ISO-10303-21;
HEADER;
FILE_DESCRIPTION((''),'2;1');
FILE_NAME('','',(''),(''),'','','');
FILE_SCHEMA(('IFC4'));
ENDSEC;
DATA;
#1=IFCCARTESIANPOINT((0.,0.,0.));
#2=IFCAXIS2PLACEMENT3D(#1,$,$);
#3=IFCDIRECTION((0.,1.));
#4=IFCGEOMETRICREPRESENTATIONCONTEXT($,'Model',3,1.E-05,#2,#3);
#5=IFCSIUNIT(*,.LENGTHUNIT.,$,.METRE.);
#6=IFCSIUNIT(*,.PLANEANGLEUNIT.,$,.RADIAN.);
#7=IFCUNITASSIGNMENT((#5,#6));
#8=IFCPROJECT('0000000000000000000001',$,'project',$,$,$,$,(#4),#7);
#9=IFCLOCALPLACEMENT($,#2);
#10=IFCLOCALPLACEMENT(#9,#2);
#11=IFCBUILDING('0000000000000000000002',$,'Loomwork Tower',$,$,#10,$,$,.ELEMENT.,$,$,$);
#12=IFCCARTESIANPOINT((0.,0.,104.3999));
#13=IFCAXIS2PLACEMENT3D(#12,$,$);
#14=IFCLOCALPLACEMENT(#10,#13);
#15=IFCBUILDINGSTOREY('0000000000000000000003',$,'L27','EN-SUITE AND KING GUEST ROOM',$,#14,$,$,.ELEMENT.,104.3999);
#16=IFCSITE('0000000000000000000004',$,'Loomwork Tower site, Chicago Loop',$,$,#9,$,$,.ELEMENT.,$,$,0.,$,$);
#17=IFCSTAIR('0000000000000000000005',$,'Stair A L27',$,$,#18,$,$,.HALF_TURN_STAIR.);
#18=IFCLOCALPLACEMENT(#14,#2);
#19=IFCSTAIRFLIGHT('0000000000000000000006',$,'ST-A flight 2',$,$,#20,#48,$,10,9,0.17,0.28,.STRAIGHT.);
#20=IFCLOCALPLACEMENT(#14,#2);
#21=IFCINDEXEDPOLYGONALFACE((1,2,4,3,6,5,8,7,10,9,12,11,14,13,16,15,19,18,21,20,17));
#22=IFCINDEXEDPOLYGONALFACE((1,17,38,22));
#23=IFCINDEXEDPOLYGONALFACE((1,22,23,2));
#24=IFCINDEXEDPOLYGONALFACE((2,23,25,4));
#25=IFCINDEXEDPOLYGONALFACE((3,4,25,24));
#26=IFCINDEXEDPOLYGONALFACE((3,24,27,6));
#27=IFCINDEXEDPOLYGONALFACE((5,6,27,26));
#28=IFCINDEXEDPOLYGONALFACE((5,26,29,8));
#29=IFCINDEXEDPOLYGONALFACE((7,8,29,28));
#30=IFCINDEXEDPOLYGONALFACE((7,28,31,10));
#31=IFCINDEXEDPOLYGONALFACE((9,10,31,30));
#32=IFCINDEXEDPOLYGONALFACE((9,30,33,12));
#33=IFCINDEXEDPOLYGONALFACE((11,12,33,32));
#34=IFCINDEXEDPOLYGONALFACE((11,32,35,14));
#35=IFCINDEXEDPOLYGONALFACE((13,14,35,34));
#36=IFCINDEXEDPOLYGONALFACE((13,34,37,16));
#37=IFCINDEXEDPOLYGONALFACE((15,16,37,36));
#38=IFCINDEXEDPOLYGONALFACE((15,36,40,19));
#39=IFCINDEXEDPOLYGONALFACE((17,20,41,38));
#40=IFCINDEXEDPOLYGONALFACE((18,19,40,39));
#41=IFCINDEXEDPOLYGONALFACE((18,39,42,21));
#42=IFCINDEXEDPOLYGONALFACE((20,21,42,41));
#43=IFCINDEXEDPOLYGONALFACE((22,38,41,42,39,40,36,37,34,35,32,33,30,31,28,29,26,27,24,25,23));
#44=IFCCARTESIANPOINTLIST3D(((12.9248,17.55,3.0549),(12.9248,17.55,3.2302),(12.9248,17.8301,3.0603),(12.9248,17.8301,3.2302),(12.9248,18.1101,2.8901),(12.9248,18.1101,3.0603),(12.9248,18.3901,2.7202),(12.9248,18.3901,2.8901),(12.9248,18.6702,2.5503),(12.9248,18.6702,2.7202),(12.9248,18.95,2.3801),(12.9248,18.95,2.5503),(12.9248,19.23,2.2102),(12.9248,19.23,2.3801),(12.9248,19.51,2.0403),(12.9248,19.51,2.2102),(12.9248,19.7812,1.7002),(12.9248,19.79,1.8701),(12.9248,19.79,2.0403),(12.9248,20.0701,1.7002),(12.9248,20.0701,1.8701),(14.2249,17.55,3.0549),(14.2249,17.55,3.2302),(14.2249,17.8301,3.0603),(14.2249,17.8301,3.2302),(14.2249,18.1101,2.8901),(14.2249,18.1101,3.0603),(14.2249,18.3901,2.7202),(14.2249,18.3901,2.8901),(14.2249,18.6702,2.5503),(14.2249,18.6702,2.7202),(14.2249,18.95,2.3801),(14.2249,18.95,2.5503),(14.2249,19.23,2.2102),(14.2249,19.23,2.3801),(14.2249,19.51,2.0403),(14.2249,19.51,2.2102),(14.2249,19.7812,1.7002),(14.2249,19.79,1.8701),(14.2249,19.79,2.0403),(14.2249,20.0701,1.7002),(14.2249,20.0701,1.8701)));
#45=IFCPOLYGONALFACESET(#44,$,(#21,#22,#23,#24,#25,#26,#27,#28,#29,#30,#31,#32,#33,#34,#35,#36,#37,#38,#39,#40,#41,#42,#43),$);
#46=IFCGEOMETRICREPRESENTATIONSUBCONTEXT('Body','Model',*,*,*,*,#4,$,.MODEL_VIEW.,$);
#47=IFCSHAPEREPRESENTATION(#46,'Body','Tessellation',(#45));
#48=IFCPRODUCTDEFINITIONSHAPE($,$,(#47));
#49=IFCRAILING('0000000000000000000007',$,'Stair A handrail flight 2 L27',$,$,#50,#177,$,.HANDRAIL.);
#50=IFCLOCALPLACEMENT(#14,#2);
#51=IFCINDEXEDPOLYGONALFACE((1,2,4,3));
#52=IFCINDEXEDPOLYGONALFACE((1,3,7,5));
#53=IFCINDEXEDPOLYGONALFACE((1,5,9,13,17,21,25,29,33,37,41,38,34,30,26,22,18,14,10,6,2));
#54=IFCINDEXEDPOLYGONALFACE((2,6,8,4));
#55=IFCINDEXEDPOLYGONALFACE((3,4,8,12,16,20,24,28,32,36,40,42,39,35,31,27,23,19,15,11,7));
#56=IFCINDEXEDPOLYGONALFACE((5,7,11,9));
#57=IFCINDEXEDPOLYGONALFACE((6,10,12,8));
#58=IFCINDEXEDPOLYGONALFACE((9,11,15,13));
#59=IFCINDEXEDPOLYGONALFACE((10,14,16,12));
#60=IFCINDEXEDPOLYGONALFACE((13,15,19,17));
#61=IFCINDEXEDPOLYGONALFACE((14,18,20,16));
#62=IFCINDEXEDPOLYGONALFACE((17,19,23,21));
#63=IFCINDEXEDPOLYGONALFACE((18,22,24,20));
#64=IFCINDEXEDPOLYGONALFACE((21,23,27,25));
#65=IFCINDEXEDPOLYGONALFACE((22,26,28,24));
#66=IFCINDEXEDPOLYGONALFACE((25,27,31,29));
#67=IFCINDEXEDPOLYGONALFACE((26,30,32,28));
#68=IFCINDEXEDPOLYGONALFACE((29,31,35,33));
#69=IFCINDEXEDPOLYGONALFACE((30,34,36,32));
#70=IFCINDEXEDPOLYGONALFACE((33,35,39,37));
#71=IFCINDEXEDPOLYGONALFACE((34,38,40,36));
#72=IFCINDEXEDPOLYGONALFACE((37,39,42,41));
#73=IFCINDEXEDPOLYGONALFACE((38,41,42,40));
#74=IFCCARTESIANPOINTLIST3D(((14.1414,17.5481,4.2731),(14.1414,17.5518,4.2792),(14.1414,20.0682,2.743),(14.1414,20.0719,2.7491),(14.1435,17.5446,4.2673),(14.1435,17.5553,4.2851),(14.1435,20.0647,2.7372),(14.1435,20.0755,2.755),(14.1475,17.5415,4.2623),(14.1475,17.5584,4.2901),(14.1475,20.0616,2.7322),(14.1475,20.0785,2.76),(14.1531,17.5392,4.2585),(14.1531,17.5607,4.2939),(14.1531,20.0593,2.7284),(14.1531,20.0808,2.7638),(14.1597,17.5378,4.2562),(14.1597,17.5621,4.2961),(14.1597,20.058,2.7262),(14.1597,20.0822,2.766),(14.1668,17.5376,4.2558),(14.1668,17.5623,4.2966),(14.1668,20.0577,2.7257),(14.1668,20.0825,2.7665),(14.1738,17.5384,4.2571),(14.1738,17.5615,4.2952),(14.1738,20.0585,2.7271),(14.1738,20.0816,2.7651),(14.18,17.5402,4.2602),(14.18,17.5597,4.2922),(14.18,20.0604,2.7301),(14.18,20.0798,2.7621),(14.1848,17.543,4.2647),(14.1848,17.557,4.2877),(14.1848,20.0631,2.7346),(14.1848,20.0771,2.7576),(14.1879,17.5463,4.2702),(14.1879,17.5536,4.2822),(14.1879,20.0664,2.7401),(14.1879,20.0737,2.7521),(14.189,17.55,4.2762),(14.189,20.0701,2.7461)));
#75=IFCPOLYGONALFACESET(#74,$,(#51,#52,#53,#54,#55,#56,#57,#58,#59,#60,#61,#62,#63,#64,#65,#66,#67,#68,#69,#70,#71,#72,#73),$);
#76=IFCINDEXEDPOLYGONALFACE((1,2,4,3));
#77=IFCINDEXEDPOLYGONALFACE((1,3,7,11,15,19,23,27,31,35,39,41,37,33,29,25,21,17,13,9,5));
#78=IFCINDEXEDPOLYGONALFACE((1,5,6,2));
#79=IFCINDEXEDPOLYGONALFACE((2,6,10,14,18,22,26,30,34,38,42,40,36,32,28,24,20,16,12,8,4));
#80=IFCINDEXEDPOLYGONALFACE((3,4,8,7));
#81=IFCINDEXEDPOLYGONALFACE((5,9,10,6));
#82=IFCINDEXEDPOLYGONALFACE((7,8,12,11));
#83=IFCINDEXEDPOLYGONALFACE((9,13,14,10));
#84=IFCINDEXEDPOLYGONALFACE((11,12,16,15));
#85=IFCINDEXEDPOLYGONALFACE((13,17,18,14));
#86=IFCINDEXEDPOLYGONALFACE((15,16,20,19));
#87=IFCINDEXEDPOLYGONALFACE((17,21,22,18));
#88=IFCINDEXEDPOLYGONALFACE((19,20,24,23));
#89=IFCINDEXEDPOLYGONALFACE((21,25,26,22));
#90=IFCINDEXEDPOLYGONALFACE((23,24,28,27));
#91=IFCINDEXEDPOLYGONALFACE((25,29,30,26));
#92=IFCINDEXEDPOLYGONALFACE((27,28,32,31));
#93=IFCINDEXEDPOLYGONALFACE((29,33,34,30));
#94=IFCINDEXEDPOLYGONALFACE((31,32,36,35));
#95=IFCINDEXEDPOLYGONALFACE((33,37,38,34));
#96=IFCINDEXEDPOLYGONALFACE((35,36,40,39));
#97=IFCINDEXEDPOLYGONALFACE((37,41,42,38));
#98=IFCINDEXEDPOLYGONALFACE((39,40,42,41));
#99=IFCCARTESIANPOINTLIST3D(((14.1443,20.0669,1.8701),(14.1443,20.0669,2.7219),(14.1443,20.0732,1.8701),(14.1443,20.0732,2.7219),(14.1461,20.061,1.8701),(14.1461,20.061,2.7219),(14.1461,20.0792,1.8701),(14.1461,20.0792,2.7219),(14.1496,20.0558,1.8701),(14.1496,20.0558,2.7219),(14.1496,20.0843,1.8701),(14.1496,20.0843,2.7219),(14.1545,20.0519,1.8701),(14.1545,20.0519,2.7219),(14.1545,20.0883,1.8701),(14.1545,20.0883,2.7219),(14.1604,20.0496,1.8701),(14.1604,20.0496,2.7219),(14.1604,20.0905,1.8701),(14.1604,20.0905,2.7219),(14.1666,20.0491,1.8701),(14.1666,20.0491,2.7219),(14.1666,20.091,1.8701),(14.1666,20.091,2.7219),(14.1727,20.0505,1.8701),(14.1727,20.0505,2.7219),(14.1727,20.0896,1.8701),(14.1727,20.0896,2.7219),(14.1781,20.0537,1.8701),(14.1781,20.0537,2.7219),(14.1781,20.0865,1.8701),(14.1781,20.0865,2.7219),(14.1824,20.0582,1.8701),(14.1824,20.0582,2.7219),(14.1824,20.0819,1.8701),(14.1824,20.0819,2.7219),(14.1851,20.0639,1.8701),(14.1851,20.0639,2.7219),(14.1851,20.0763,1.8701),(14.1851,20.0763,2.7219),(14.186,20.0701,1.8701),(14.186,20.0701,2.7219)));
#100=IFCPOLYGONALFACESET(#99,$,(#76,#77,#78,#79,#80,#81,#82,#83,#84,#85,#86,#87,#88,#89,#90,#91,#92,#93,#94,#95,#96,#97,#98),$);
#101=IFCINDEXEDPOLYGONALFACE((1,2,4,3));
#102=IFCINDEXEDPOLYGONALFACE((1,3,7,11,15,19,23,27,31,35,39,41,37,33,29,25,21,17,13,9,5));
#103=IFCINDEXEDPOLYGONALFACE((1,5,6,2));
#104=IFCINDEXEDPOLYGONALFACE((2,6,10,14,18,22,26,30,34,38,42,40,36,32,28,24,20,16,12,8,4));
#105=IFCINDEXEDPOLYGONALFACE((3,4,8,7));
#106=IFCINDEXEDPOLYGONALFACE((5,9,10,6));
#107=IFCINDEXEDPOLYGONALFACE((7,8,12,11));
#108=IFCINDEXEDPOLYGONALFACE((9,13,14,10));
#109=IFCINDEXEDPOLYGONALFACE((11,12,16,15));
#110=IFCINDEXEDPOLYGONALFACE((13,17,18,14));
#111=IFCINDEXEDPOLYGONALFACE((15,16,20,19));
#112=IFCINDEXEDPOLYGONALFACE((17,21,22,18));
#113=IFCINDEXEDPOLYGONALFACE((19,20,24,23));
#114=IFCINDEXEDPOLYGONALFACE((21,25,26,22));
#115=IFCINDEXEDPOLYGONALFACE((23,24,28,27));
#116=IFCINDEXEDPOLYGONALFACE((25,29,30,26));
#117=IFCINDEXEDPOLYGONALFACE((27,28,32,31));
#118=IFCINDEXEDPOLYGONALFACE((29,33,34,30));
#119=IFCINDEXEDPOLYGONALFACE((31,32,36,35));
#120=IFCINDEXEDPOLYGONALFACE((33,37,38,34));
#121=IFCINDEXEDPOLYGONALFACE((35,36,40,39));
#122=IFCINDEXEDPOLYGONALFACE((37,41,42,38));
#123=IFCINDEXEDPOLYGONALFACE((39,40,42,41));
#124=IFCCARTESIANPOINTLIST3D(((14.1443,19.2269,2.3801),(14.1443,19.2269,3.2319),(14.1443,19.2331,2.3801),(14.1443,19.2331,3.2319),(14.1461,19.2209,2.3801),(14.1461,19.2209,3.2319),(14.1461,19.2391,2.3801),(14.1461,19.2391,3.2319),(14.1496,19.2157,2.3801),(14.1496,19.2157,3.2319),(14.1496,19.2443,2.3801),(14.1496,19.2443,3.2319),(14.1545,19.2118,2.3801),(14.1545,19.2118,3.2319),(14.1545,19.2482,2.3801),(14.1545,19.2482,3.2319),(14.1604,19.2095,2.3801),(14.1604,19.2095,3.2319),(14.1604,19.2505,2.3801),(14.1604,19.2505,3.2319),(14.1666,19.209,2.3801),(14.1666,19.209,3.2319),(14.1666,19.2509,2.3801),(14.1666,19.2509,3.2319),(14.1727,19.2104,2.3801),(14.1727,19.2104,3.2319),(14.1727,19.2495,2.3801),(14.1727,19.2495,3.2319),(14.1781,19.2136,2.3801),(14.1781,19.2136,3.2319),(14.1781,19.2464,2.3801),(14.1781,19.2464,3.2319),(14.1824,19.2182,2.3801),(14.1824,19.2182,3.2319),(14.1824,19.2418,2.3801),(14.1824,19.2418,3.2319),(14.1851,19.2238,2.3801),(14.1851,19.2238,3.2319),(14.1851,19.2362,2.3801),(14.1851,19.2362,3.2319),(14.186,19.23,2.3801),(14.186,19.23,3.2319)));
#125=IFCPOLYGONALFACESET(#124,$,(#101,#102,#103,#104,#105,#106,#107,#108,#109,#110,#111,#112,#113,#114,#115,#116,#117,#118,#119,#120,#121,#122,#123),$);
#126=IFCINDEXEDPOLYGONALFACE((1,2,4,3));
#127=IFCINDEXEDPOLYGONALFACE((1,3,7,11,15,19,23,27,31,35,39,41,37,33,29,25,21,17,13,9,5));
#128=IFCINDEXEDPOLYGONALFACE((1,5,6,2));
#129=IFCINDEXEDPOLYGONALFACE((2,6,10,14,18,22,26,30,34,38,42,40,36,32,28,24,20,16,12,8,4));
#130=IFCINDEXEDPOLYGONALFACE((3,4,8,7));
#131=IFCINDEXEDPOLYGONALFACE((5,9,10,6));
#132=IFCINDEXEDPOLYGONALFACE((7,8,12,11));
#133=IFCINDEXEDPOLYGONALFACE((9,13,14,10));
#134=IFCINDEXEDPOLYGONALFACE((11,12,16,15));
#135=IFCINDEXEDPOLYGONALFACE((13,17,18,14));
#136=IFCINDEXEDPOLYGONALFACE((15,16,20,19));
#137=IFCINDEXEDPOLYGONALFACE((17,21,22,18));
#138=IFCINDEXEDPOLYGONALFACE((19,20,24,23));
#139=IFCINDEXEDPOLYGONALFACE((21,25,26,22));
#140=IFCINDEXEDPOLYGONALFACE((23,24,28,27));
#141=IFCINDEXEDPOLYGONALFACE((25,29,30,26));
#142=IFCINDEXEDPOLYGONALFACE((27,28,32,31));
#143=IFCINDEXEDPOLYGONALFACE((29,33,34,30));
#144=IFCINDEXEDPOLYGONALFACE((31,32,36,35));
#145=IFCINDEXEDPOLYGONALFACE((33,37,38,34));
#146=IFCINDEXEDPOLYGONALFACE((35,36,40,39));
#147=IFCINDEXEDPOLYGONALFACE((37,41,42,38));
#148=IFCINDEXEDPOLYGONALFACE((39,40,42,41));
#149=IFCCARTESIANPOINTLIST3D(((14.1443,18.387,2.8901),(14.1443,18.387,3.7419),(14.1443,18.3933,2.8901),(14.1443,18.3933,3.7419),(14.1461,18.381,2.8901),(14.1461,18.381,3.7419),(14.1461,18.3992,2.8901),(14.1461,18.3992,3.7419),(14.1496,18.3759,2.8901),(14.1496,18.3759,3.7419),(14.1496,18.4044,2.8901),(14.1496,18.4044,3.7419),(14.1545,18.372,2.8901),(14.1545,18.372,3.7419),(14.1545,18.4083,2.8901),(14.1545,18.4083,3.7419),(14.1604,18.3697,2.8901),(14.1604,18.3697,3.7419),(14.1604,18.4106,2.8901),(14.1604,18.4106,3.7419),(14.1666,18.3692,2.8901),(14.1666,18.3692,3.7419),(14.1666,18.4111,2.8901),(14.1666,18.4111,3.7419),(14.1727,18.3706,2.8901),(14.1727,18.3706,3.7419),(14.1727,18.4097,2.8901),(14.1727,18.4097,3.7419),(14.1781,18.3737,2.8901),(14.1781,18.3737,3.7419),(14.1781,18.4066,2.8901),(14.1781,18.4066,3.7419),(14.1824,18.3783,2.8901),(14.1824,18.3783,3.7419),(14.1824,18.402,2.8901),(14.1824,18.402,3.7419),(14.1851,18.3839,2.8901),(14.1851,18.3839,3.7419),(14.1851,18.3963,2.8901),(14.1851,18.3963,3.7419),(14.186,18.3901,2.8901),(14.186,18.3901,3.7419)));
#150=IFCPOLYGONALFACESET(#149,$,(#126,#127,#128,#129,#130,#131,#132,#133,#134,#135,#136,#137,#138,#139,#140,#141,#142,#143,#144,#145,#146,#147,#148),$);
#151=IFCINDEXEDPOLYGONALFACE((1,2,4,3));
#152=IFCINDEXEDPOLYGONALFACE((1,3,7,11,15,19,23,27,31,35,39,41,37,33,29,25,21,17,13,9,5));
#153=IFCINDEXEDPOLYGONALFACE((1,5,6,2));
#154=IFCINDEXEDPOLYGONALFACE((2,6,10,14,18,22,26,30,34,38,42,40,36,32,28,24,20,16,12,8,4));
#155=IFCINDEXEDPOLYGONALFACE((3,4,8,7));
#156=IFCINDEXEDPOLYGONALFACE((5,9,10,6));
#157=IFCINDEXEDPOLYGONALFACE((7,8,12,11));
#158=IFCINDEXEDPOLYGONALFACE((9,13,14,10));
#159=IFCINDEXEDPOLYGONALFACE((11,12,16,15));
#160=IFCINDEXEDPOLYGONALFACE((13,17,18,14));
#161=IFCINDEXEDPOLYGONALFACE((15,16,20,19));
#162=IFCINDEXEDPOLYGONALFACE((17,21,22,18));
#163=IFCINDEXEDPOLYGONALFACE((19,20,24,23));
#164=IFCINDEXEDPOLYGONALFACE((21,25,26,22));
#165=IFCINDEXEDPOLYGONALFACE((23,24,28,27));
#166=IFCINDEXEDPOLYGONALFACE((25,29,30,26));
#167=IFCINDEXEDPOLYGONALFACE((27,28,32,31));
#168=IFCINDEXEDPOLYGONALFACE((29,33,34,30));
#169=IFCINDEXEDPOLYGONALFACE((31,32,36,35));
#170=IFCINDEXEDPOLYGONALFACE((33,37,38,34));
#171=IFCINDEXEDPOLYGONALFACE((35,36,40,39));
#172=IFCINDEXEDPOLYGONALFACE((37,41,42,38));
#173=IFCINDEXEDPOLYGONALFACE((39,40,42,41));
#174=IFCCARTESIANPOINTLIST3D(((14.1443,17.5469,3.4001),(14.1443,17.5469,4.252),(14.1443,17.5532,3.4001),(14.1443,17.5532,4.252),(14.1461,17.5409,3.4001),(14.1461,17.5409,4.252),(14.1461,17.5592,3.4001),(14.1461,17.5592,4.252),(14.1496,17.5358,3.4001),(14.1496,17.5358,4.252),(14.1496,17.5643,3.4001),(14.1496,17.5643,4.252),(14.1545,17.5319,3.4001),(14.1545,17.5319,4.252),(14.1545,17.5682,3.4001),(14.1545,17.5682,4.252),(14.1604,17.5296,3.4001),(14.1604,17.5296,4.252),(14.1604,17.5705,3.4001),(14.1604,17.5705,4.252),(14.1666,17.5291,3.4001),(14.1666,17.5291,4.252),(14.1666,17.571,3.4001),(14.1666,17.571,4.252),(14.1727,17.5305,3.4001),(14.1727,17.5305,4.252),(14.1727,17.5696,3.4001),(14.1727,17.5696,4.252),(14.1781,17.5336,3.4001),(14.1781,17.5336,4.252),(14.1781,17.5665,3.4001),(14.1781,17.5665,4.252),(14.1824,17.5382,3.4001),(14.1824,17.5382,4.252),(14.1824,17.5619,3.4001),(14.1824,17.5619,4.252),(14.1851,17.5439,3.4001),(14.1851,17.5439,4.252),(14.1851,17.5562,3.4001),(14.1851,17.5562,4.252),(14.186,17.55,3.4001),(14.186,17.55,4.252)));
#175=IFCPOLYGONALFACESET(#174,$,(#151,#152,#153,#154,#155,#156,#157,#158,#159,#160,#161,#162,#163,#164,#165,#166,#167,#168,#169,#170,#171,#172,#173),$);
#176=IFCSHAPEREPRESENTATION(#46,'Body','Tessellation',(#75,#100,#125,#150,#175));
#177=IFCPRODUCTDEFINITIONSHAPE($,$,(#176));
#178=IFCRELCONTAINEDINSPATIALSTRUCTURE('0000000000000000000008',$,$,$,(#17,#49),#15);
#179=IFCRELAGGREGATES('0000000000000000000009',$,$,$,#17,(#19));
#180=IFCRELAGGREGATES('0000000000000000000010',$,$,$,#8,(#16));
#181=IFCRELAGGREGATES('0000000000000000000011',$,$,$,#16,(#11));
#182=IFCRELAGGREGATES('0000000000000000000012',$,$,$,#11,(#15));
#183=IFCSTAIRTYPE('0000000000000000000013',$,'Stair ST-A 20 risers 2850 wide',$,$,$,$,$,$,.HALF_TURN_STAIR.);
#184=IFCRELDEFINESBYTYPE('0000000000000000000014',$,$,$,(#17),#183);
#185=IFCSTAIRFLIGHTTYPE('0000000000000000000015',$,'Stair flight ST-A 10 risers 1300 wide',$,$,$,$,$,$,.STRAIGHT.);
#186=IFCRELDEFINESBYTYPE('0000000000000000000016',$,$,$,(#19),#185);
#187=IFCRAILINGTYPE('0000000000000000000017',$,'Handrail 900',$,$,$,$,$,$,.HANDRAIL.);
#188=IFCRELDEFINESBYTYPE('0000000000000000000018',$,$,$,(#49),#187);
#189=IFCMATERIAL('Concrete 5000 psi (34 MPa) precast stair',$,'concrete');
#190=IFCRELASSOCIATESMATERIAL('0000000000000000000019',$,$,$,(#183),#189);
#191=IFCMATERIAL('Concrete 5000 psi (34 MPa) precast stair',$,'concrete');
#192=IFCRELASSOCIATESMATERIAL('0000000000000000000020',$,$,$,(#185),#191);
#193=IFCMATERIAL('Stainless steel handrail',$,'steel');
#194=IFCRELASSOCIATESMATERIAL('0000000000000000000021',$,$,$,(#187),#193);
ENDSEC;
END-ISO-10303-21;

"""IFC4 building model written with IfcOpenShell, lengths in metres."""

from ifc_helpers import new_model, si_unit, direction, frame, origin, origin_2d, place, context, subcontext, project, spatial, polyline, circle, outline, extrude, material, type_object, element, aggregate, save


model = new_model("IFC4")

# Units and contexts
model_context = context("Model", 3, precision=1e-05, world=origin(), true_north=direction((0.0, 1.0)))
body_context = subcontext(model_context, "Body", "Model", "MODEL_VIEW")
ifc_project = project(units=[si_unit("LENGTHUNIT", "METRE"), si_unit("PLANEANGLEUNIT", "RADIAN")], contexts=[model_context])

# Site, building, storey
site_placement = place(None, origin())
site = spatial("IfcSite", under=ifc_project, at=site_placement, Name="Loomwork Tower site, Chicago Loop", CompositionType="ELEMENT", RefElevation=0.0)
building_placement = place(site_placement, origin())
building = spatial("IfcBuilding", under=site, at=building_placement, Name="Loomwork Tower", CompositionType="ELEMENT")
storey_placement = place(building_placement, frame((0.0, 0.0, 104.3999)))
storey = spatial("IfcBuildingStorey", under=building, at=storey_placement, Name="L27", Description="EN-SUITE AND KING GUEST ROOM", CompositionType="ELEMENT", Elevation=104.3999)

# Stair, stair flight
ifc_material_1 = material(Name="Concrete 5000 psi (34 MPa) precast stair", Category="concrete")
stair_type = type_object("IfcStairType", Name="Stair ST-A 20 risers 2850 wide", PredefinedType="HALF_TURN_STAIR", material=ifc_material_1)
stair_placement = place(storey_placement, origin())
stair = element("IfcStair", 1, at=stair_placement, inside=storey, type_object=stair_type, Name="Stair A L27", PredefinedType="HALF_TURN_STAIR")
ifc_material_2 = material(Name="Concrete 5000 psi (34 MPa) precast stair", Category="concrete")
stair_flight_type = type_object("IfcStairFlightType", Name="Stair flight ST-A 10 risers 1300 wide", PredefinedType="STRAIGHT", material=ifc_material_2)
stair_flight_1_placement = place(storey_placement, frame((13.575, 20.0701, 1.7002), z_axis=(0.0, 0.0, 1.0), x_axis=(0.0, -1.0, 0.0)))
stair_flight_1 = element("IfcStairFlight", 2, at=stair_flight_1_placement, type_object=stair_flight_type, Name="ST-A flight 2", NumberOfRisers=10, NumberOfTreads=9, PredefinedType="STRAIGHT", RiserHeight=0.17, TreadLength=0.28, context=body_context, shape_type="SweptSolid", body=[
    extrude(outline(polyline([(0.0, 0.0), (0.0, 0.1699), (0.28, 0.1699), (0.28, 0.3401), (0.5601, 0.3401), (0.5601, 0.51), (0.8401, 0.51), (0.8401, 0.6799), (1.1201, 0.6799), (1.1201, 0.8501), (1.3999, 0.8501), (1.3999, 1.02), (1.6799, 1.02), (1.6799, 1.1899), (1.96, 1.1899), (1.96, 1.3601), (2.24, 1.3601), (2.24, 1.53), (2.52, 1.53), (2.52, 1.7), (2.52, 1.3547), (0.2888, 0.0), (0.0, 0.0)])), frame((0.0, 0.6499, 0.0), z_axis=(0.0, -1.0, 0.0), x_axis=(1.0, 0.0, 0.0)), (0.0, 0.0, 1.0), 1.3),
])
aggregate(stair, [stair_flight_1])

# Railing
ifc_material_3 = material(Name="Stainless steel handrail", Category="steel")
railing_type = type_object("IfcRailingType", Name="Handrail 900", PredefinedType="HANDRAIL", material=ifc_material_3)
railing_placement = place(storey_placement, frame((14.165, 20.0701, 1.8701)))
element("IfcRailing", 3, at=railing_placement, inside=storey, type_object=railing_type, Name="Stair A handrail flight 2 L27", PredefinedType="HANDRAIL", context=body_context, shape_type="SweptSolid", body=[
    extrude(circle(Radius=0.0239, at=origin_2d()), frame((0.0, 0.0, 0.876), z_axis=(0.0, -0.854785, 0.518982), x_axis=(1.0, 0.0, 0.0)), (0.0, 0.0, 1.0), 2.9482),
    extrude(circle(Radius=0.021, at=origin_2d()), origin(), (0.0, 0.0, 1.0), 0.8518),
    extrude(circle(Radius=0.021, at=origin_2d()), frame((0.0, -0.8401, 0.51)), (0.0, 0.0, 1.0), 0.8518),
    extrude(circle(Radius=0.021, at=origin_2d()), frame((0.0, -1.6799, 1.02)), (0.0, 0.0, 1.0), 0.8518),
    extrude(circle(Radius=0.021, at=origin_2d()), frame((0.0, -2.52, 1.53)), (0.0, 0.0, 1.0), 0.8518),
])

save(model, "model.ifc")
